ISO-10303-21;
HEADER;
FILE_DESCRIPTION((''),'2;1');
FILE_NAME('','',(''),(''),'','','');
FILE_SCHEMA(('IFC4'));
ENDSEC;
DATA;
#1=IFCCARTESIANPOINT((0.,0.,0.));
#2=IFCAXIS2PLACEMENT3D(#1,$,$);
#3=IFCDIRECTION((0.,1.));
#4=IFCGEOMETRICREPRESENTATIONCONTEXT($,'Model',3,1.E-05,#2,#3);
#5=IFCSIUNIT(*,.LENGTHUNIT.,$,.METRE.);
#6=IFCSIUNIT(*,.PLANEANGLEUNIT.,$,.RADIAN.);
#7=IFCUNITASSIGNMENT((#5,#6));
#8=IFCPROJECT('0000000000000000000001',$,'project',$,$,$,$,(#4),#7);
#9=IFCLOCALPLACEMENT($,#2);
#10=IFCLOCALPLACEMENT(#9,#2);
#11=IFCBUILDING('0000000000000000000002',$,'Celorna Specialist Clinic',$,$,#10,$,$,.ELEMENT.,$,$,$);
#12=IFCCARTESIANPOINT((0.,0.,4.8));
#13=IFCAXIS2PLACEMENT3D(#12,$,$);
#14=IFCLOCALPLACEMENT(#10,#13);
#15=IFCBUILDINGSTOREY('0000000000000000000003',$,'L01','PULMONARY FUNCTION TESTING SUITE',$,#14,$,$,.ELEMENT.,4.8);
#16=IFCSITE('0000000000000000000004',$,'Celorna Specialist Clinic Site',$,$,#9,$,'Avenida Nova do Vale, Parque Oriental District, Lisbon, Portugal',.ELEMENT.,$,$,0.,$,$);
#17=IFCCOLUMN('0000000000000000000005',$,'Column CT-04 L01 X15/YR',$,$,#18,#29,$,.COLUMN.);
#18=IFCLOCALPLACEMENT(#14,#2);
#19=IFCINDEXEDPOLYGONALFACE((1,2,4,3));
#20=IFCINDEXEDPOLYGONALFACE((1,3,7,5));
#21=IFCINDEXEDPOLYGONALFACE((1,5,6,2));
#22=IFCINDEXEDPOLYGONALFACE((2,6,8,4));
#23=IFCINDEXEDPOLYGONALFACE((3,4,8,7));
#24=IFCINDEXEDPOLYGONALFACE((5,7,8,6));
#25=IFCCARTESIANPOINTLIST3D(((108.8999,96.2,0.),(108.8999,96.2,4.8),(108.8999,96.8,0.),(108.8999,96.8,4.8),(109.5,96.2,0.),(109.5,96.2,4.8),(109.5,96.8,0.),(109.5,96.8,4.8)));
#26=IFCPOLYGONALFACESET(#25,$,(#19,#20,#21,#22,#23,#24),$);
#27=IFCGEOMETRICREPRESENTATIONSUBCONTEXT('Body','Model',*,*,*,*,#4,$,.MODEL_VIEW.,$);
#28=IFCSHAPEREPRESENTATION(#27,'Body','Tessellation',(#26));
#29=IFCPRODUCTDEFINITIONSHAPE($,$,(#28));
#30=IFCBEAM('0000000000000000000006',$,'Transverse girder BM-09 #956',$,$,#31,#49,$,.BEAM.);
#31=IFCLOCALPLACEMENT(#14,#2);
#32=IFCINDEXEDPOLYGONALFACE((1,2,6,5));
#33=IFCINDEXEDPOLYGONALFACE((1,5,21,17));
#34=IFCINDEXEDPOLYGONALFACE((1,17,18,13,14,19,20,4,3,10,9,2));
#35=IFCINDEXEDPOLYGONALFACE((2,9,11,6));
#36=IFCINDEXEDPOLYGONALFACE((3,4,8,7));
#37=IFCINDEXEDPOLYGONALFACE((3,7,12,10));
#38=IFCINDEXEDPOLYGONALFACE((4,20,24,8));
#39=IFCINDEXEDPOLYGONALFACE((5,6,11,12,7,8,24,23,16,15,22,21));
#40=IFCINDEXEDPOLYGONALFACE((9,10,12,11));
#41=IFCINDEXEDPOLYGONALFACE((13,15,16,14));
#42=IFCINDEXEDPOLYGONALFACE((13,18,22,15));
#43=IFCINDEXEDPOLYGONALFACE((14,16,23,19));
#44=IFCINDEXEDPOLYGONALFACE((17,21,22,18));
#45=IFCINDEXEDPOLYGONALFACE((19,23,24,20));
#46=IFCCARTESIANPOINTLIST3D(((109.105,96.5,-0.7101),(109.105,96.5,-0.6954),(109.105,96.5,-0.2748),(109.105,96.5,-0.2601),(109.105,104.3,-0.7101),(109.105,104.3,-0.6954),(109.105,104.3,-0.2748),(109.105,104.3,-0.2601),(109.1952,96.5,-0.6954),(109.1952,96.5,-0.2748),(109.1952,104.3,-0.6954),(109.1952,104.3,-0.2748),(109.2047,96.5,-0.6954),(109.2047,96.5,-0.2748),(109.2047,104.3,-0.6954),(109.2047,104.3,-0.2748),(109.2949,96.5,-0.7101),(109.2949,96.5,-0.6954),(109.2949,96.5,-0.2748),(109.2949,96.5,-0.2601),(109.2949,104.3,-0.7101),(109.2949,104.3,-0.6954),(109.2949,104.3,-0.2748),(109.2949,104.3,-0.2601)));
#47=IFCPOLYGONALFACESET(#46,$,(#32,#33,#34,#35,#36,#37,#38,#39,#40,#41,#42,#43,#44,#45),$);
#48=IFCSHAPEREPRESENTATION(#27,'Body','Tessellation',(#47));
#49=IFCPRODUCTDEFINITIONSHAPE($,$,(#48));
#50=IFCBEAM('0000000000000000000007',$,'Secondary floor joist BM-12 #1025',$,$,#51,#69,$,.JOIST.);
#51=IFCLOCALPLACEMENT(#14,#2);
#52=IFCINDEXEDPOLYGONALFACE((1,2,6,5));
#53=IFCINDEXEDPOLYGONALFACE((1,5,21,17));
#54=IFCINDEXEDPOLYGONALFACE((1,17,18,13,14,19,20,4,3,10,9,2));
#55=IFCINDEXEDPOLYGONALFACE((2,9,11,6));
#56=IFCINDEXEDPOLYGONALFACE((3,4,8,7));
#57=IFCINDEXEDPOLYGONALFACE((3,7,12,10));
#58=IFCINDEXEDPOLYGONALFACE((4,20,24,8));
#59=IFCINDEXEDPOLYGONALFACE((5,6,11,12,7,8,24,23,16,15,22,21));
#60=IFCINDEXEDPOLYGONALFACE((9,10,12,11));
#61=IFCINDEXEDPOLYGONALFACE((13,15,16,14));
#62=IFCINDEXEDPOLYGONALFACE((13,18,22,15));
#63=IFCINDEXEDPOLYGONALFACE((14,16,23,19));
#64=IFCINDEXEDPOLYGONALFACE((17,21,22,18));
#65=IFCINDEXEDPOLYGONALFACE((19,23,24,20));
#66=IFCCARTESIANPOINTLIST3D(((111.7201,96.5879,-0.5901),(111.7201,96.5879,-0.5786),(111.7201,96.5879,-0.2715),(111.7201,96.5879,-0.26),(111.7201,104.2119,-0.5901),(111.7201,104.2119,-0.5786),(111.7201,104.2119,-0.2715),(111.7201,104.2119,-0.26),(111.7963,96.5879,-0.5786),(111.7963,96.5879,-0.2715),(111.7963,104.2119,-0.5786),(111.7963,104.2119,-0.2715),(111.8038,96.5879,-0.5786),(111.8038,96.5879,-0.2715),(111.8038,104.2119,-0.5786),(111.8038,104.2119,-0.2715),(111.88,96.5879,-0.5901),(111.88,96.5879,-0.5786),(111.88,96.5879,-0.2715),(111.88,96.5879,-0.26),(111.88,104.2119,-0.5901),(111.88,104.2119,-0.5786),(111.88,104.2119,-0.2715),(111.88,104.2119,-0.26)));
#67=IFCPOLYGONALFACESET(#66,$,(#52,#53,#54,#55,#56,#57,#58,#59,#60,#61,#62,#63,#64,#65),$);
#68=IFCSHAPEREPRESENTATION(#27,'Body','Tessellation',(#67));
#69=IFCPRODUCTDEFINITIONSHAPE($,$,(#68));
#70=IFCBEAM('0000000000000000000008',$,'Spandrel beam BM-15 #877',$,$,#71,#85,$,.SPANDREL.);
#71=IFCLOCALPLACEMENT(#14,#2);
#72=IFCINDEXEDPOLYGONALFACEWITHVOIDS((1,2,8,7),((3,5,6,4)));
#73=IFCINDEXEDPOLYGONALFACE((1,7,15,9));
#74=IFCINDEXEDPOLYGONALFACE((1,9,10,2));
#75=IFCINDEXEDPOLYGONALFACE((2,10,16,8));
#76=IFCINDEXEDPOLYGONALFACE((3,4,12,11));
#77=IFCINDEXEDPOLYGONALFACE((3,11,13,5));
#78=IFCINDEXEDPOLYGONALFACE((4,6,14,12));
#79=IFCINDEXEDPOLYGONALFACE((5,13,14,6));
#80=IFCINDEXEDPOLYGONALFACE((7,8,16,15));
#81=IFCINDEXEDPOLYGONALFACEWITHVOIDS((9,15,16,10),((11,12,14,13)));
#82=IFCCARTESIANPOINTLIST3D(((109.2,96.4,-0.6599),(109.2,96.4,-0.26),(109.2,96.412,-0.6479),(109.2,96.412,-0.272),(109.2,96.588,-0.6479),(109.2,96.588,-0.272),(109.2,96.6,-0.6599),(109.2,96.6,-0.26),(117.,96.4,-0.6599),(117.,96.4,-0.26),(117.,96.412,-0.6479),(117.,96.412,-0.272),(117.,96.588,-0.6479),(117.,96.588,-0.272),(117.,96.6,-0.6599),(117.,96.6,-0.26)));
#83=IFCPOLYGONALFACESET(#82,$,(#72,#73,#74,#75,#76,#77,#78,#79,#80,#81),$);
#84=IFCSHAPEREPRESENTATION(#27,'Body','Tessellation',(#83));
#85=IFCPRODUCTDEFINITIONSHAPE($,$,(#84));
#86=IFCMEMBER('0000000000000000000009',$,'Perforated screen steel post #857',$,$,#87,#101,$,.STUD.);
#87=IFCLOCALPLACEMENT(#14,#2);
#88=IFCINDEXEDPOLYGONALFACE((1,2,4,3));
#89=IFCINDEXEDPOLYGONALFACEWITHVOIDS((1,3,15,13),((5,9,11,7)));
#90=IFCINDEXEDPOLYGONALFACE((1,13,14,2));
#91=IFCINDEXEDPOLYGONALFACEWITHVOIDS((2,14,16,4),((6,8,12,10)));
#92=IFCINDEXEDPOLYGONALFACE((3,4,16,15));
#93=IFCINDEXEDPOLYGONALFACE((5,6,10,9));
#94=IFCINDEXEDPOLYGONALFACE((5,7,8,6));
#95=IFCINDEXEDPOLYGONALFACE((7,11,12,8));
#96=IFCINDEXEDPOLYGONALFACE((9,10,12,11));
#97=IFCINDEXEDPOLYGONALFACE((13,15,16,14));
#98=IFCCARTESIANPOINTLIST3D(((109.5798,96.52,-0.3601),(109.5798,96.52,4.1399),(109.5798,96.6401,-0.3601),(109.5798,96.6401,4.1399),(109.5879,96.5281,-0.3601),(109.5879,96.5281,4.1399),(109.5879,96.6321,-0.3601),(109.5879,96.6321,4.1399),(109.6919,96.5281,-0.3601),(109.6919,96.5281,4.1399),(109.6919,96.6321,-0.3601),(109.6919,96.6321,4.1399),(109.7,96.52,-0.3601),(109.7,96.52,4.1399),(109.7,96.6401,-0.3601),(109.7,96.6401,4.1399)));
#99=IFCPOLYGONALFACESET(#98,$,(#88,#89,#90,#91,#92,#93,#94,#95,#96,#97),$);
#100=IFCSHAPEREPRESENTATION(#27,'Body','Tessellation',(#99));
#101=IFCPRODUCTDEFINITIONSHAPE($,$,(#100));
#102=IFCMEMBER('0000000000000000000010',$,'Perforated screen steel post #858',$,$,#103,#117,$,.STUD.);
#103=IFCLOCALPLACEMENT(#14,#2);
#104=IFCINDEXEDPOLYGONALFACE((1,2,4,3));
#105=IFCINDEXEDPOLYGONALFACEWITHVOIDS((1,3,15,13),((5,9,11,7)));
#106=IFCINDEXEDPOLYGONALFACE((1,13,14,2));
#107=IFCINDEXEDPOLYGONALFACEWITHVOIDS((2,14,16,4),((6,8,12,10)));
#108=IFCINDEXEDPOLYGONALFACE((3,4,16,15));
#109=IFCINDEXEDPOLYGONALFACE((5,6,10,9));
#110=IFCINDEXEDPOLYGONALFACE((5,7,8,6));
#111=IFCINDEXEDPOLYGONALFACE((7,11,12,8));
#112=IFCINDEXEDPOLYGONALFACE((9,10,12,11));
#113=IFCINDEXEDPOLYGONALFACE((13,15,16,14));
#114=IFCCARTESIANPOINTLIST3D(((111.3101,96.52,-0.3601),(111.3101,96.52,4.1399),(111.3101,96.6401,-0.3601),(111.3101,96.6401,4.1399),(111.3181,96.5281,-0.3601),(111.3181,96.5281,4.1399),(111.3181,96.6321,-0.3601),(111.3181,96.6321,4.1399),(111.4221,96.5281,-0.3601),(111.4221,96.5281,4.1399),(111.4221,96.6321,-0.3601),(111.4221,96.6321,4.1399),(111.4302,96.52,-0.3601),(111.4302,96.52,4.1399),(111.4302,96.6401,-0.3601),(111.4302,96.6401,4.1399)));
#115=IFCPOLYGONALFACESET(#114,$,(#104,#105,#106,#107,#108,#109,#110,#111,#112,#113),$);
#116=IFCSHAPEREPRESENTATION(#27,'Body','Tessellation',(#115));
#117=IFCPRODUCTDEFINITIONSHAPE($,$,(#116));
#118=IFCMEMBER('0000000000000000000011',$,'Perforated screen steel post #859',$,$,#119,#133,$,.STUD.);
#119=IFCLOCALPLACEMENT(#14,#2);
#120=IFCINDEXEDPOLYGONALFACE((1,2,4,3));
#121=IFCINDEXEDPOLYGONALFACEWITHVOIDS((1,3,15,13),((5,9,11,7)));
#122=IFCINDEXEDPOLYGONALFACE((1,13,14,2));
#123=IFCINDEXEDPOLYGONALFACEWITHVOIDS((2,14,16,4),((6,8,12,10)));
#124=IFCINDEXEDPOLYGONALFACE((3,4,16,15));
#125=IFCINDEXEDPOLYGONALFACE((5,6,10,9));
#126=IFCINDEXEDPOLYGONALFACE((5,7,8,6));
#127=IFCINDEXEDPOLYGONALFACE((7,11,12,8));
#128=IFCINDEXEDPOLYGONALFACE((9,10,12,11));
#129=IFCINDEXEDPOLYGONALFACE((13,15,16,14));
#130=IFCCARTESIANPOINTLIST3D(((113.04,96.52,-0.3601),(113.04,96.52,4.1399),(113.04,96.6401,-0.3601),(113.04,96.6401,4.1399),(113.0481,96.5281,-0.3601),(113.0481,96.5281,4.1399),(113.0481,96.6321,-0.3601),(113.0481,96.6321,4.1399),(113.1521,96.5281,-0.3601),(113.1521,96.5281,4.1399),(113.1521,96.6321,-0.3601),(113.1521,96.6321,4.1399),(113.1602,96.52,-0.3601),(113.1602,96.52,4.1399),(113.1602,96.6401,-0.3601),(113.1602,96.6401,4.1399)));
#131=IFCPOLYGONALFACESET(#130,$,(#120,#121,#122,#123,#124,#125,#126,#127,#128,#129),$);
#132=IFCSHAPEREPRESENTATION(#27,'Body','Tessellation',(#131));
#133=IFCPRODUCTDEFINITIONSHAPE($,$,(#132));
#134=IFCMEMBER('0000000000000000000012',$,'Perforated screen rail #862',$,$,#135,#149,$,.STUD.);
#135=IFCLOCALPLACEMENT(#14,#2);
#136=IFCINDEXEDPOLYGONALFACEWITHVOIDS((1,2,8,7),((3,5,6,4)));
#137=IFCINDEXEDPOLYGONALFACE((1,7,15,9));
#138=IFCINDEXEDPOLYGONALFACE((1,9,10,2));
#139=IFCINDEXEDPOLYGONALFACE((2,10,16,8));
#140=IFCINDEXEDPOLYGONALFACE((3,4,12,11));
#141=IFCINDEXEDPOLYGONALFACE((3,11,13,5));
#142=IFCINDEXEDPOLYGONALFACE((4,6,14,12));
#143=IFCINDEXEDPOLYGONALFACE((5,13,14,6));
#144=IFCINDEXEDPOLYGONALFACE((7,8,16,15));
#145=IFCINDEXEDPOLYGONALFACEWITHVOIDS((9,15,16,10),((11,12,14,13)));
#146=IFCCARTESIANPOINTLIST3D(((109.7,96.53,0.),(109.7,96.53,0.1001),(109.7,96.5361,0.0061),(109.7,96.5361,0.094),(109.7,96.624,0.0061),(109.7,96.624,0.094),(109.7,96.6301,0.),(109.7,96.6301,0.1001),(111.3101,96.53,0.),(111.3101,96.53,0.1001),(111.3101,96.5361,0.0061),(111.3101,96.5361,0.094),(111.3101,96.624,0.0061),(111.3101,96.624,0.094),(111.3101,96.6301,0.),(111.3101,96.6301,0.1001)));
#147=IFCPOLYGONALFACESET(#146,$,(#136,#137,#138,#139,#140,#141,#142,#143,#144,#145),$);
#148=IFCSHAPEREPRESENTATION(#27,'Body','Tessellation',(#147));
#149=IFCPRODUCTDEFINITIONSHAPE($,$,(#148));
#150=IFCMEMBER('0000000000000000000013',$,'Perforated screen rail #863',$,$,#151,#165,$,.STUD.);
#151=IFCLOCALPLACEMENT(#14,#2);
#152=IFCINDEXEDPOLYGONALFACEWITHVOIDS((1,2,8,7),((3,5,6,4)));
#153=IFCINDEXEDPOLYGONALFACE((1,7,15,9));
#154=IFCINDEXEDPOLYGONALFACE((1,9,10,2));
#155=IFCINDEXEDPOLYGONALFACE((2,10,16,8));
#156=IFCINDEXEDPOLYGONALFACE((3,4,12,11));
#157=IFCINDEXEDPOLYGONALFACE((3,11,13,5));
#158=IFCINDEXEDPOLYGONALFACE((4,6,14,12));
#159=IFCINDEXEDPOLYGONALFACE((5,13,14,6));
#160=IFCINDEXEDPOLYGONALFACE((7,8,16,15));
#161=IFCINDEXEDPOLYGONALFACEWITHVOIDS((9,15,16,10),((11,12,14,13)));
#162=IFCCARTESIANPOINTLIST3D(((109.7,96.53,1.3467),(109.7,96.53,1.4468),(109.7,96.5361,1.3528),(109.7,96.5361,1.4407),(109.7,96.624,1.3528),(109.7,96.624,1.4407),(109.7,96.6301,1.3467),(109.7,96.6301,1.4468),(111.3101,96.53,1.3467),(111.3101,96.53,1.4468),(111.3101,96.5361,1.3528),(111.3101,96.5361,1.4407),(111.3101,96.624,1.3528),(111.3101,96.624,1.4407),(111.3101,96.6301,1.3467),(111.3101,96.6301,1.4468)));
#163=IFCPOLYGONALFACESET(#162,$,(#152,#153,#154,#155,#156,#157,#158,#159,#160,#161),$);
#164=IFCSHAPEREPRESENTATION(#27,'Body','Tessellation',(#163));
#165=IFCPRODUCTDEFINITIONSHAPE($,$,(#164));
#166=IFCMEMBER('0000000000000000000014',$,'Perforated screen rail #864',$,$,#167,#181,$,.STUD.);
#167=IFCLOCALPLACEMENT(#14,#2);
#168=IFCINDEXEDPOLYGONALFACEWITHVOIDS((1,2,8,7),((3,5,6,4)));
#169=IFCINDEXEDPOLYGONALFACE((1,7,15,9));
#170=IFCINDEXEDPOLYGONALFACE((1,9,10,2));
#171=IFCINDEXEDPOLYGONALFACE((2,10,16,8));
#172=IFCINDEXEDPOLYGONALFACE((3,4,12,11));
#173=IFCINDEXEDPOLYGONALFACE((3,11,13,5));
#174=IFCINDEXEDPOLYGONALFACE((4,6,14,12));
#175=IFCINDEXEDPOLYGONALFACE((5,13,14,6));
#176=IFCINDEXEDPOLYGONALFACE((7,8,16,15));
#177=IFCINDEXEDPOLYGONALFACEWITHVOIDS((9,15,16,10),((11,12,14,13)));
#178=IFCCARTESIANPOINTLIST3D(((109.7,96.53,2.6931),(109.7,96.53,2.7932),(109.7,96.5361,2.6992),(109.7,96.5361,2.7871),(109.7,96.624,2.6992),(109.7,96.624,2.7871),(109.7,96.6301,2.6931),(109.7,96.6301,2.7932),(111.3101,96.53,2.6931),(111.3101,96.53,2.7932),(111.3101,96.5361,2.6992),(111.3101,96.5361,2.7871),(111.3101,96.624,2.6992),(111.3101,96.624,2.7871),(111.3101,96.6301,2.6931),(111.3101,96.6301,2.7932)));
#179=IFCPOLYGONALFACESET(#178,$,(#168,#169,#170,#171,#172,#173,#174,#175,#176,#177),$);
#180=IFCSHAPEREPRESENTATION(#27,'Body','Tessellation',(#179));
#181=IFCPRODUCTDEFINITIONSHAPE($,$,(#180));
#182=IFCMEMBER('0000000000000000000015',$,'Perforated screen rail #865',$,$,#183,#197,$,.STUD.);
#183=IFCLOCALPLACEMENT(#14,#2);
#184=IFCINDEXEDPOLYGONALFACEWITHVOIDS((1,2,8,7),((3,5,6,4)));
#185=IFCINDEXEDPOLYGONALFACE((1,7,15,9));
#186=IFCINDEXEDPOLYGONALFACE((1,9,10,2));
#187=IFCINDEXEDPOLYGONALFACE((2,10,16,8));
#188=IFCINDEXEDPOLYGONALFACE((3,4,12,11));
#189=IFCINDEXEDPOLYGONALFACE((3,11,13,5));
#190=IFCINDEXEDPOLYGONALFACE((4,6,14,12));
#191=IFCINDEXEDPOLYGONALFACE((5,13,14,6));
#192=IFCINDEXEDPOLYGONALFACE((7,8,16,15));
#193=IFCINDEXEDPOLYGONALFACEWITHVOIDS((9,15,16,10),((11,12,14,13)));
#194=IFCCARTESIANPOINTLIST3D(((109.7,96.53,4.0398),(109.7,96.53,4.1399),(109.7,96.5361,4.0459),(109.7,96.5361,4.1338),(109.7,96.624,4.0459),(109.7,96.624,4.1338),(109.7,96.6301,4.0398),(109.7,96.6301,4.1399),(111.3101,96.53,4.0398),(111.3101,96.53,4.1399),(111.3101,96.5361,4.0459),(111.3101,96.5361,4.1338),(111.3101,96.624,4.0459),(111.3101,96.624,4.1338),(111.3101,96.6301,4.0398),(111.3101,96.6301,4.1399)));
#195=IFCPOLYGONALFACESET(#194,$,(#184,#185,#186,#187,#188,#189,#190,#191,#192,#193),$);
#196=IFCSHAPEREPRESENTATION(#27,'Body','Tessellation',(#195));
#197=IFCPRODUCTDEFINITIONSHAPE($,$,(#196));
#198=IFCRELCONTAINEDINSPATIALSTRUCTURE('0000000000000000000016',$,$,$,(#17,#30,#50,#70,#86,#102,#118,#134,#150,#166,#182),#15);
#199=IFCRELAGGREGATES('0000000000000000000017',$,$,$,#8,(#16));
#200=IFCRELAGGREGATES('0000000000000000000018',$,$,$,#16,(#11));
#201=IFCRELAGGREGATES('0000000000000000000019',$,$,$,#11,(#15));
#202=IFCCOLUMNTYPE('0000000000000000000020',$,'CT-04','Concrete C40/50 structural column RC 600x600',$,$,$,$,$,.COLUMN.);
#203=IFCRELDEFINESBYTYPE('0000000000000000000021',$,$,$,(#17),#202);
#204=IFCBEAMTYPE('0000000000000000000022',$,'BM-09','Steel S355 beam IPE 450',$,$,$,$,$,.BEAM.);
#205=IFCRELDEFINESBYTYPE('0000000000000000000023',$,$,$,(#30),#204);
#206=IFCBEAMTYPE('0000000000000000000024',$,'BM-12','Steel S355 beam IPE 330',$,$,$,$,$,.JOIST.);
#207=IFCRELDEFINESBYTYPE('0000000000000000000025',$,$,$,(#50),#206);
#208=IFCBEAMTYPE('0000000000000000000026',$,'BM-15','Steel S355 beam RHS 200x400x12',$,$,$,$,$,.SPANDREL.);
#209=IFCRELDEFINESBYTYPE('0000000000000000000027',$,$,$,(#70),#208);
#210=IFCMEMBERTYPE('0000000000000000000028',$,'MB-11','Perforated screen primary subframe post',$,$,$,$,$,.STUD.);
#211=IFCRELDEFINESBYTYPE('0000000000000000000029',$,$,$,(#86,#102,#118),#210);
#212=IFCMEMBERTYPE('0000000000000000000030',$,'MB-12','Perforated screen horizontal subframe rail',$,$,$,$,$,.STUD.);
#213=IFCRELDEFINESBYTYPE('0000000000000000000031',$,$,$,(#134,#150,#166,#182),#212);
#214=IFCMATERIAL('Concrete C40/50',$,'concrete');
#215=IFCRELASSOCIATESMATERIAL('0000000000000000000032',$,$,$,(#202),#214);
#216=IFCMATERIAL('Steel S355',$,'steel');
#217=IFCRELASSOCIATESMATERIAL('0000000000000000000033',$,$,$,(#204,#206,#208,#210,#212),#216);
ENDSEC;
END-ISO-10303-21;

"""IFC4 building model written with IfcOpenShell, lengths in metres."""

from ifc_helpers import new_model, si_unit, direction, frame, origin, origin_2d, place, context, subcontext, project, spatial, rectangle, hollow_rectangle, i_section, extrude, material, material_profile, profile_set, type_object, element, save


model = new_model("IFC4")

# Units and contexts
model_context = context("Model", 3, precision=1e-05, world=origin(), true_north=direction((0.0, 1.0)))
body_context = subcontext(model_context, "Body", "Model", "MODEL_VIEW")
ifc_project = project(units=[si_unit("LENGTHUNIT", "METRE"), si_unit("PLANEANGLEUNIT", "RADIAN")], contexts=[model_context])

# Site, building, storey
site_placement = place(None, origin())
site = spatial("IfcSite", under=ifc_project, at=site_placement, Name="Celorna Specialist Clinic Site", LongName="Avenida Nova do Vale, Parque Oriental District, Lisbon, Portugal", CompositionType="ELEMENT", RefElevation=0.0)
building_placement = place(site_placement, origin())
building = spatial("IfcBuilding", under=site, at=building_placement, Name="Celorna Specialist Clinic", CompositionType="ELEMENT")
storey_placement = place(building_placement, frame((0.0, 0.0, 4.8)))
storey = spatial("IfcBuildingStorey", under=building, at=storey_placement, Name="L01", Description="PULMONARY FUNCTION TESTING SUITE", CompositionType="ELEMENT", Elevation=4.8)

# Column
ifc_material_1 = material(Name="Concrete C40/50", Category="concrete")
ifc_material_profile_1 = material_profile(ifc_material_1, rectangle(XDim=0.6001, YDim=0.6001, at=origin_2d()), Name="RC 600x600")
ifc_profile_set_1 = profile_set([ifc_material_profile_1], Name="Concrete C40/50")
column_type = type_object("IfcColumnType", Name="CT-04", Description="Concrete C40/50 structural column RC 600x600", PredefinedType="COLUMN", material=ifc_profile_set_1)
column_placement = place(storey_placement, frame((109.2, 96.5, 0.0), z_axis=(0.0, 0.0, 1.0), x_axis=(1.0, 0.0, 0.0)))
element("IfcColumn", 1, at=column_placement, inside=storey, type_object=column_type, Name="Column CT-04 L01 X15/YR", PredefinedType="COLUMN", context=body_context, shape_type="SweptSolid", body=[
    extrude(rectangle(XDim=0.6001, YDim=0.6001, at=origin_2d()), origin(), (0.0, 0.0, 1.0), 4.8),
])

# Beams
ifc_material_2 = material(Name="Steel S355", Category="steel")
ifc_material_profile_2 = material_profile(ifc_material_2, i_section(OverallWidth=0.1899, OverallDepth=0.45, WebThickness=0.0095, FlangeThickness=0.0146, at=origin_2d()), Name="IPE 450")
ifc_profile_set_2 = profile_set([ifc_material_profile_2], Name="Steel S355")
beam_type_1 = type_object("IfcBeamType", Name="BM-09", Description="Steel S355 beam IPE 450", PredefinedType="BEAM", material=ifc_profile_set_2)
beam_1_placement = place(storey_placement, frame((109.2, 96.5, -0.4851), z_axis=(0.0, 1.0, 0.0), x_axis=(-1.0, 0.0, 0.0)))
element("IfcBeam", 2, at=beam_1_placement, inside=storey, type_object=beam_type_1, Name="Transverse girder BM-09 #956", PredefinedType="BEAM", context=body_context, shape_type="SweptSolid", body=[
    extrude(i_section(OverallWidth=0.1899, OverallDepth=0.45, WebThickness=0.0095, FlangeThickness=0.0146, at=origin_2d()), origin(), (0.0, 0.0, 1.0), 7.8),
])
ifc_material_profile_3 = material_profile(ifc_material_2, i_section(OverallWidth=0.1599, OverallDepth=0.3301, WebThickness=0.0076, FlangeThickness=0.0115, at=origin_2d()), Name="IPE 330")
ifc_profile_set_3 = profile_set([ifc_material_profile_3], Name="Steel S355")
beam_type_2 = type_object("IfcBeamType", Name="BM-12", Description="Steel S355 beam IPE 330", PredefinedType="JOIST", material=ifc_profile_set_3)
beam_2_placement = place(storey_placement, frame((111.8, 96.5879, -0.425), z_axis=(0.0, 1.0, 0.0), x_axis=(-1.0, 0.0, 0.0)))
element("IfcBeam", 3, at=beam_2_placement, inside=storey, type_object=beam_type_2, Name="Secondary floor joist BM-12 #1025", PredefinedType="JOIST", context=body_context, shape_type="SweptSolid", body=[
    extrude(i_section(OverallWidth=0.1599, OverallDepth=0.3301, WebThickness=0.0076, FlangeThickness=0.0115, at=origin_2d()), origin(), (0.0, 0.0, 1.0), 7.624),
])
ifc_material_profile_4 = material_profile(ifc_material_2, hollow_rectangle(XDim=0.2, YDim=0.3999, WallThickness=0.012, at=origin_2d()), Name="RHS 200x400x12")
ifc_profile_set_4 = profile_set([ifc_material_profile_4], Name="Steel S355")
beam_type_3 = type_object("IfcBeamType", Name="BM-15", Description="Steel S355 beam RHS 200x400x12", PredefinedType="SPANDREL", material=ifc_profile_set_4)
beam_3_placement = place(storey_placement, frame((109.2, 96.5, -0.46), z_axis=(1.0, 0.0, 0.0), x_axis=(0.0, 1.0, 0.0)))
element("IfcBeam", 4, at=beam_3_placement, inside=storey, type_object=beam_type_3, Name="Spandrel beam BM-15 #877", PredefinedType="SPANDREL", context=body_context, shape_type="SweptSolid", body=[
    extrude(hollow_rectangle(XDim=0.2, YDim=0.3999, WallThickness=0.012, at=origin_2d()), origin(), (0.0, 0.0, 1.0), 7.8),
])

# Members
ifc_material_profile_5 = material_profile(ifc_material_2, hollow_rectangle(XDim=0.1201, YDim=0.1201, WallThickness=0.0081, at=origin_2d()), Name="SHS 120x120x8")
ifc_profile_set_5 = profile_set([ifc_material_profile_5], Name="Steel S355")
member_type_1 = type_object("IfcMemberType", Name="MB-11", Description="Perforated screen primary subframe post", PredefinedType="STUD", material=ifc_profile_set_5)
for number, where, z_axis, x_axis, name in (
    (5, (109.6399, 96.5801, -0.3601), (0.0, 0.0, 1.0), (1.0, 0.0, 0.0), "Perforated screen steel post #857"),
    (6, (111.3701, 96.5801, -0.3601), (0.0, 0.0, 1.0), (1.0, 0.0, 0.0), "Perforated screen steel post #858"),
    (7, (113.1001, 96.5801, -0.3601), (0.0, 0.0, 1.0), (1.0, 0.0, 0.0), "Perforated screen steel post #859"),
):
    element("IfcMember", number, at=place(storey_placement, frame(where, z_axis=z_axis, x_axis=x_axis)), inside=storey, type_object=member_type_1, Name=name, PredefinedType="STUD", context=body_context, shape_type="SweptSolid", body=[
        extrude(hollow_rectangle(XDim=0.1201, YDim=0.1201, WallThickness=0.0081, at=origin_2d()), origin(), (0.0, 0.0, 1.0), 4.5),
    ])
ifc_material_profile_6 = material_profile(ifc_material_2, hollow_rectangle(XDim=0.1001, YDim=0.1001, WallThickness=0.0061, at=origin_2d()), Name="SHS 100x100x6")
ifc_profile_set_6 = profile_set([ifc_material_profile_6], Name="Steel S355")
member_type_2 = type_object("IfcMemberType", Name="MB-12", Description="Perforated screen horizontal subframe rail", PredefinedType="STUD", material=ifc_profile_set_6)
for number, where, z_axis, x_axis, name in (
    (8, (109.7, 96.5801, 0.05), (1.0, 0.0, 0.0), (0.0, 1.0, 0.0), "Perforated screen rail #862"),
    (9, (109.7, 96.5801, 1.3967), (1.0, 0.0, 0.0), (0.0, 1.0, 0.0), "Perforated screen rail #863"),
    (10, (109.7, 96.5801, 2.7432), (1.0, 0.0, 0.0), (0.0, 1.0, 0.0), "Perforated screen rail #864"),
    (11, (109.7, 96.5801, 4.0898), (1.0, 0.0, 0.0), (0.0, 1.0, 0.0), "Perforated screen rail #865"),
):
    element("IfcMember", number, at=place(storey_placement, frame(where, z_axis=z_axis, x_axis=x_axis)), inside=storey, type_object=member_type_2, Name=name, PredefinedType="STUD", context=body_context, shape_type="SweptSolid", body=[
        extrude(hollow_rectangle(XDim=0.1001, YDim=0.1001, WallThickness=0.0061, at=origin_2d()), origin(), (0.0, 0.0, 1.0), 1.6101),
    ])

save(model, "model.ifc")
